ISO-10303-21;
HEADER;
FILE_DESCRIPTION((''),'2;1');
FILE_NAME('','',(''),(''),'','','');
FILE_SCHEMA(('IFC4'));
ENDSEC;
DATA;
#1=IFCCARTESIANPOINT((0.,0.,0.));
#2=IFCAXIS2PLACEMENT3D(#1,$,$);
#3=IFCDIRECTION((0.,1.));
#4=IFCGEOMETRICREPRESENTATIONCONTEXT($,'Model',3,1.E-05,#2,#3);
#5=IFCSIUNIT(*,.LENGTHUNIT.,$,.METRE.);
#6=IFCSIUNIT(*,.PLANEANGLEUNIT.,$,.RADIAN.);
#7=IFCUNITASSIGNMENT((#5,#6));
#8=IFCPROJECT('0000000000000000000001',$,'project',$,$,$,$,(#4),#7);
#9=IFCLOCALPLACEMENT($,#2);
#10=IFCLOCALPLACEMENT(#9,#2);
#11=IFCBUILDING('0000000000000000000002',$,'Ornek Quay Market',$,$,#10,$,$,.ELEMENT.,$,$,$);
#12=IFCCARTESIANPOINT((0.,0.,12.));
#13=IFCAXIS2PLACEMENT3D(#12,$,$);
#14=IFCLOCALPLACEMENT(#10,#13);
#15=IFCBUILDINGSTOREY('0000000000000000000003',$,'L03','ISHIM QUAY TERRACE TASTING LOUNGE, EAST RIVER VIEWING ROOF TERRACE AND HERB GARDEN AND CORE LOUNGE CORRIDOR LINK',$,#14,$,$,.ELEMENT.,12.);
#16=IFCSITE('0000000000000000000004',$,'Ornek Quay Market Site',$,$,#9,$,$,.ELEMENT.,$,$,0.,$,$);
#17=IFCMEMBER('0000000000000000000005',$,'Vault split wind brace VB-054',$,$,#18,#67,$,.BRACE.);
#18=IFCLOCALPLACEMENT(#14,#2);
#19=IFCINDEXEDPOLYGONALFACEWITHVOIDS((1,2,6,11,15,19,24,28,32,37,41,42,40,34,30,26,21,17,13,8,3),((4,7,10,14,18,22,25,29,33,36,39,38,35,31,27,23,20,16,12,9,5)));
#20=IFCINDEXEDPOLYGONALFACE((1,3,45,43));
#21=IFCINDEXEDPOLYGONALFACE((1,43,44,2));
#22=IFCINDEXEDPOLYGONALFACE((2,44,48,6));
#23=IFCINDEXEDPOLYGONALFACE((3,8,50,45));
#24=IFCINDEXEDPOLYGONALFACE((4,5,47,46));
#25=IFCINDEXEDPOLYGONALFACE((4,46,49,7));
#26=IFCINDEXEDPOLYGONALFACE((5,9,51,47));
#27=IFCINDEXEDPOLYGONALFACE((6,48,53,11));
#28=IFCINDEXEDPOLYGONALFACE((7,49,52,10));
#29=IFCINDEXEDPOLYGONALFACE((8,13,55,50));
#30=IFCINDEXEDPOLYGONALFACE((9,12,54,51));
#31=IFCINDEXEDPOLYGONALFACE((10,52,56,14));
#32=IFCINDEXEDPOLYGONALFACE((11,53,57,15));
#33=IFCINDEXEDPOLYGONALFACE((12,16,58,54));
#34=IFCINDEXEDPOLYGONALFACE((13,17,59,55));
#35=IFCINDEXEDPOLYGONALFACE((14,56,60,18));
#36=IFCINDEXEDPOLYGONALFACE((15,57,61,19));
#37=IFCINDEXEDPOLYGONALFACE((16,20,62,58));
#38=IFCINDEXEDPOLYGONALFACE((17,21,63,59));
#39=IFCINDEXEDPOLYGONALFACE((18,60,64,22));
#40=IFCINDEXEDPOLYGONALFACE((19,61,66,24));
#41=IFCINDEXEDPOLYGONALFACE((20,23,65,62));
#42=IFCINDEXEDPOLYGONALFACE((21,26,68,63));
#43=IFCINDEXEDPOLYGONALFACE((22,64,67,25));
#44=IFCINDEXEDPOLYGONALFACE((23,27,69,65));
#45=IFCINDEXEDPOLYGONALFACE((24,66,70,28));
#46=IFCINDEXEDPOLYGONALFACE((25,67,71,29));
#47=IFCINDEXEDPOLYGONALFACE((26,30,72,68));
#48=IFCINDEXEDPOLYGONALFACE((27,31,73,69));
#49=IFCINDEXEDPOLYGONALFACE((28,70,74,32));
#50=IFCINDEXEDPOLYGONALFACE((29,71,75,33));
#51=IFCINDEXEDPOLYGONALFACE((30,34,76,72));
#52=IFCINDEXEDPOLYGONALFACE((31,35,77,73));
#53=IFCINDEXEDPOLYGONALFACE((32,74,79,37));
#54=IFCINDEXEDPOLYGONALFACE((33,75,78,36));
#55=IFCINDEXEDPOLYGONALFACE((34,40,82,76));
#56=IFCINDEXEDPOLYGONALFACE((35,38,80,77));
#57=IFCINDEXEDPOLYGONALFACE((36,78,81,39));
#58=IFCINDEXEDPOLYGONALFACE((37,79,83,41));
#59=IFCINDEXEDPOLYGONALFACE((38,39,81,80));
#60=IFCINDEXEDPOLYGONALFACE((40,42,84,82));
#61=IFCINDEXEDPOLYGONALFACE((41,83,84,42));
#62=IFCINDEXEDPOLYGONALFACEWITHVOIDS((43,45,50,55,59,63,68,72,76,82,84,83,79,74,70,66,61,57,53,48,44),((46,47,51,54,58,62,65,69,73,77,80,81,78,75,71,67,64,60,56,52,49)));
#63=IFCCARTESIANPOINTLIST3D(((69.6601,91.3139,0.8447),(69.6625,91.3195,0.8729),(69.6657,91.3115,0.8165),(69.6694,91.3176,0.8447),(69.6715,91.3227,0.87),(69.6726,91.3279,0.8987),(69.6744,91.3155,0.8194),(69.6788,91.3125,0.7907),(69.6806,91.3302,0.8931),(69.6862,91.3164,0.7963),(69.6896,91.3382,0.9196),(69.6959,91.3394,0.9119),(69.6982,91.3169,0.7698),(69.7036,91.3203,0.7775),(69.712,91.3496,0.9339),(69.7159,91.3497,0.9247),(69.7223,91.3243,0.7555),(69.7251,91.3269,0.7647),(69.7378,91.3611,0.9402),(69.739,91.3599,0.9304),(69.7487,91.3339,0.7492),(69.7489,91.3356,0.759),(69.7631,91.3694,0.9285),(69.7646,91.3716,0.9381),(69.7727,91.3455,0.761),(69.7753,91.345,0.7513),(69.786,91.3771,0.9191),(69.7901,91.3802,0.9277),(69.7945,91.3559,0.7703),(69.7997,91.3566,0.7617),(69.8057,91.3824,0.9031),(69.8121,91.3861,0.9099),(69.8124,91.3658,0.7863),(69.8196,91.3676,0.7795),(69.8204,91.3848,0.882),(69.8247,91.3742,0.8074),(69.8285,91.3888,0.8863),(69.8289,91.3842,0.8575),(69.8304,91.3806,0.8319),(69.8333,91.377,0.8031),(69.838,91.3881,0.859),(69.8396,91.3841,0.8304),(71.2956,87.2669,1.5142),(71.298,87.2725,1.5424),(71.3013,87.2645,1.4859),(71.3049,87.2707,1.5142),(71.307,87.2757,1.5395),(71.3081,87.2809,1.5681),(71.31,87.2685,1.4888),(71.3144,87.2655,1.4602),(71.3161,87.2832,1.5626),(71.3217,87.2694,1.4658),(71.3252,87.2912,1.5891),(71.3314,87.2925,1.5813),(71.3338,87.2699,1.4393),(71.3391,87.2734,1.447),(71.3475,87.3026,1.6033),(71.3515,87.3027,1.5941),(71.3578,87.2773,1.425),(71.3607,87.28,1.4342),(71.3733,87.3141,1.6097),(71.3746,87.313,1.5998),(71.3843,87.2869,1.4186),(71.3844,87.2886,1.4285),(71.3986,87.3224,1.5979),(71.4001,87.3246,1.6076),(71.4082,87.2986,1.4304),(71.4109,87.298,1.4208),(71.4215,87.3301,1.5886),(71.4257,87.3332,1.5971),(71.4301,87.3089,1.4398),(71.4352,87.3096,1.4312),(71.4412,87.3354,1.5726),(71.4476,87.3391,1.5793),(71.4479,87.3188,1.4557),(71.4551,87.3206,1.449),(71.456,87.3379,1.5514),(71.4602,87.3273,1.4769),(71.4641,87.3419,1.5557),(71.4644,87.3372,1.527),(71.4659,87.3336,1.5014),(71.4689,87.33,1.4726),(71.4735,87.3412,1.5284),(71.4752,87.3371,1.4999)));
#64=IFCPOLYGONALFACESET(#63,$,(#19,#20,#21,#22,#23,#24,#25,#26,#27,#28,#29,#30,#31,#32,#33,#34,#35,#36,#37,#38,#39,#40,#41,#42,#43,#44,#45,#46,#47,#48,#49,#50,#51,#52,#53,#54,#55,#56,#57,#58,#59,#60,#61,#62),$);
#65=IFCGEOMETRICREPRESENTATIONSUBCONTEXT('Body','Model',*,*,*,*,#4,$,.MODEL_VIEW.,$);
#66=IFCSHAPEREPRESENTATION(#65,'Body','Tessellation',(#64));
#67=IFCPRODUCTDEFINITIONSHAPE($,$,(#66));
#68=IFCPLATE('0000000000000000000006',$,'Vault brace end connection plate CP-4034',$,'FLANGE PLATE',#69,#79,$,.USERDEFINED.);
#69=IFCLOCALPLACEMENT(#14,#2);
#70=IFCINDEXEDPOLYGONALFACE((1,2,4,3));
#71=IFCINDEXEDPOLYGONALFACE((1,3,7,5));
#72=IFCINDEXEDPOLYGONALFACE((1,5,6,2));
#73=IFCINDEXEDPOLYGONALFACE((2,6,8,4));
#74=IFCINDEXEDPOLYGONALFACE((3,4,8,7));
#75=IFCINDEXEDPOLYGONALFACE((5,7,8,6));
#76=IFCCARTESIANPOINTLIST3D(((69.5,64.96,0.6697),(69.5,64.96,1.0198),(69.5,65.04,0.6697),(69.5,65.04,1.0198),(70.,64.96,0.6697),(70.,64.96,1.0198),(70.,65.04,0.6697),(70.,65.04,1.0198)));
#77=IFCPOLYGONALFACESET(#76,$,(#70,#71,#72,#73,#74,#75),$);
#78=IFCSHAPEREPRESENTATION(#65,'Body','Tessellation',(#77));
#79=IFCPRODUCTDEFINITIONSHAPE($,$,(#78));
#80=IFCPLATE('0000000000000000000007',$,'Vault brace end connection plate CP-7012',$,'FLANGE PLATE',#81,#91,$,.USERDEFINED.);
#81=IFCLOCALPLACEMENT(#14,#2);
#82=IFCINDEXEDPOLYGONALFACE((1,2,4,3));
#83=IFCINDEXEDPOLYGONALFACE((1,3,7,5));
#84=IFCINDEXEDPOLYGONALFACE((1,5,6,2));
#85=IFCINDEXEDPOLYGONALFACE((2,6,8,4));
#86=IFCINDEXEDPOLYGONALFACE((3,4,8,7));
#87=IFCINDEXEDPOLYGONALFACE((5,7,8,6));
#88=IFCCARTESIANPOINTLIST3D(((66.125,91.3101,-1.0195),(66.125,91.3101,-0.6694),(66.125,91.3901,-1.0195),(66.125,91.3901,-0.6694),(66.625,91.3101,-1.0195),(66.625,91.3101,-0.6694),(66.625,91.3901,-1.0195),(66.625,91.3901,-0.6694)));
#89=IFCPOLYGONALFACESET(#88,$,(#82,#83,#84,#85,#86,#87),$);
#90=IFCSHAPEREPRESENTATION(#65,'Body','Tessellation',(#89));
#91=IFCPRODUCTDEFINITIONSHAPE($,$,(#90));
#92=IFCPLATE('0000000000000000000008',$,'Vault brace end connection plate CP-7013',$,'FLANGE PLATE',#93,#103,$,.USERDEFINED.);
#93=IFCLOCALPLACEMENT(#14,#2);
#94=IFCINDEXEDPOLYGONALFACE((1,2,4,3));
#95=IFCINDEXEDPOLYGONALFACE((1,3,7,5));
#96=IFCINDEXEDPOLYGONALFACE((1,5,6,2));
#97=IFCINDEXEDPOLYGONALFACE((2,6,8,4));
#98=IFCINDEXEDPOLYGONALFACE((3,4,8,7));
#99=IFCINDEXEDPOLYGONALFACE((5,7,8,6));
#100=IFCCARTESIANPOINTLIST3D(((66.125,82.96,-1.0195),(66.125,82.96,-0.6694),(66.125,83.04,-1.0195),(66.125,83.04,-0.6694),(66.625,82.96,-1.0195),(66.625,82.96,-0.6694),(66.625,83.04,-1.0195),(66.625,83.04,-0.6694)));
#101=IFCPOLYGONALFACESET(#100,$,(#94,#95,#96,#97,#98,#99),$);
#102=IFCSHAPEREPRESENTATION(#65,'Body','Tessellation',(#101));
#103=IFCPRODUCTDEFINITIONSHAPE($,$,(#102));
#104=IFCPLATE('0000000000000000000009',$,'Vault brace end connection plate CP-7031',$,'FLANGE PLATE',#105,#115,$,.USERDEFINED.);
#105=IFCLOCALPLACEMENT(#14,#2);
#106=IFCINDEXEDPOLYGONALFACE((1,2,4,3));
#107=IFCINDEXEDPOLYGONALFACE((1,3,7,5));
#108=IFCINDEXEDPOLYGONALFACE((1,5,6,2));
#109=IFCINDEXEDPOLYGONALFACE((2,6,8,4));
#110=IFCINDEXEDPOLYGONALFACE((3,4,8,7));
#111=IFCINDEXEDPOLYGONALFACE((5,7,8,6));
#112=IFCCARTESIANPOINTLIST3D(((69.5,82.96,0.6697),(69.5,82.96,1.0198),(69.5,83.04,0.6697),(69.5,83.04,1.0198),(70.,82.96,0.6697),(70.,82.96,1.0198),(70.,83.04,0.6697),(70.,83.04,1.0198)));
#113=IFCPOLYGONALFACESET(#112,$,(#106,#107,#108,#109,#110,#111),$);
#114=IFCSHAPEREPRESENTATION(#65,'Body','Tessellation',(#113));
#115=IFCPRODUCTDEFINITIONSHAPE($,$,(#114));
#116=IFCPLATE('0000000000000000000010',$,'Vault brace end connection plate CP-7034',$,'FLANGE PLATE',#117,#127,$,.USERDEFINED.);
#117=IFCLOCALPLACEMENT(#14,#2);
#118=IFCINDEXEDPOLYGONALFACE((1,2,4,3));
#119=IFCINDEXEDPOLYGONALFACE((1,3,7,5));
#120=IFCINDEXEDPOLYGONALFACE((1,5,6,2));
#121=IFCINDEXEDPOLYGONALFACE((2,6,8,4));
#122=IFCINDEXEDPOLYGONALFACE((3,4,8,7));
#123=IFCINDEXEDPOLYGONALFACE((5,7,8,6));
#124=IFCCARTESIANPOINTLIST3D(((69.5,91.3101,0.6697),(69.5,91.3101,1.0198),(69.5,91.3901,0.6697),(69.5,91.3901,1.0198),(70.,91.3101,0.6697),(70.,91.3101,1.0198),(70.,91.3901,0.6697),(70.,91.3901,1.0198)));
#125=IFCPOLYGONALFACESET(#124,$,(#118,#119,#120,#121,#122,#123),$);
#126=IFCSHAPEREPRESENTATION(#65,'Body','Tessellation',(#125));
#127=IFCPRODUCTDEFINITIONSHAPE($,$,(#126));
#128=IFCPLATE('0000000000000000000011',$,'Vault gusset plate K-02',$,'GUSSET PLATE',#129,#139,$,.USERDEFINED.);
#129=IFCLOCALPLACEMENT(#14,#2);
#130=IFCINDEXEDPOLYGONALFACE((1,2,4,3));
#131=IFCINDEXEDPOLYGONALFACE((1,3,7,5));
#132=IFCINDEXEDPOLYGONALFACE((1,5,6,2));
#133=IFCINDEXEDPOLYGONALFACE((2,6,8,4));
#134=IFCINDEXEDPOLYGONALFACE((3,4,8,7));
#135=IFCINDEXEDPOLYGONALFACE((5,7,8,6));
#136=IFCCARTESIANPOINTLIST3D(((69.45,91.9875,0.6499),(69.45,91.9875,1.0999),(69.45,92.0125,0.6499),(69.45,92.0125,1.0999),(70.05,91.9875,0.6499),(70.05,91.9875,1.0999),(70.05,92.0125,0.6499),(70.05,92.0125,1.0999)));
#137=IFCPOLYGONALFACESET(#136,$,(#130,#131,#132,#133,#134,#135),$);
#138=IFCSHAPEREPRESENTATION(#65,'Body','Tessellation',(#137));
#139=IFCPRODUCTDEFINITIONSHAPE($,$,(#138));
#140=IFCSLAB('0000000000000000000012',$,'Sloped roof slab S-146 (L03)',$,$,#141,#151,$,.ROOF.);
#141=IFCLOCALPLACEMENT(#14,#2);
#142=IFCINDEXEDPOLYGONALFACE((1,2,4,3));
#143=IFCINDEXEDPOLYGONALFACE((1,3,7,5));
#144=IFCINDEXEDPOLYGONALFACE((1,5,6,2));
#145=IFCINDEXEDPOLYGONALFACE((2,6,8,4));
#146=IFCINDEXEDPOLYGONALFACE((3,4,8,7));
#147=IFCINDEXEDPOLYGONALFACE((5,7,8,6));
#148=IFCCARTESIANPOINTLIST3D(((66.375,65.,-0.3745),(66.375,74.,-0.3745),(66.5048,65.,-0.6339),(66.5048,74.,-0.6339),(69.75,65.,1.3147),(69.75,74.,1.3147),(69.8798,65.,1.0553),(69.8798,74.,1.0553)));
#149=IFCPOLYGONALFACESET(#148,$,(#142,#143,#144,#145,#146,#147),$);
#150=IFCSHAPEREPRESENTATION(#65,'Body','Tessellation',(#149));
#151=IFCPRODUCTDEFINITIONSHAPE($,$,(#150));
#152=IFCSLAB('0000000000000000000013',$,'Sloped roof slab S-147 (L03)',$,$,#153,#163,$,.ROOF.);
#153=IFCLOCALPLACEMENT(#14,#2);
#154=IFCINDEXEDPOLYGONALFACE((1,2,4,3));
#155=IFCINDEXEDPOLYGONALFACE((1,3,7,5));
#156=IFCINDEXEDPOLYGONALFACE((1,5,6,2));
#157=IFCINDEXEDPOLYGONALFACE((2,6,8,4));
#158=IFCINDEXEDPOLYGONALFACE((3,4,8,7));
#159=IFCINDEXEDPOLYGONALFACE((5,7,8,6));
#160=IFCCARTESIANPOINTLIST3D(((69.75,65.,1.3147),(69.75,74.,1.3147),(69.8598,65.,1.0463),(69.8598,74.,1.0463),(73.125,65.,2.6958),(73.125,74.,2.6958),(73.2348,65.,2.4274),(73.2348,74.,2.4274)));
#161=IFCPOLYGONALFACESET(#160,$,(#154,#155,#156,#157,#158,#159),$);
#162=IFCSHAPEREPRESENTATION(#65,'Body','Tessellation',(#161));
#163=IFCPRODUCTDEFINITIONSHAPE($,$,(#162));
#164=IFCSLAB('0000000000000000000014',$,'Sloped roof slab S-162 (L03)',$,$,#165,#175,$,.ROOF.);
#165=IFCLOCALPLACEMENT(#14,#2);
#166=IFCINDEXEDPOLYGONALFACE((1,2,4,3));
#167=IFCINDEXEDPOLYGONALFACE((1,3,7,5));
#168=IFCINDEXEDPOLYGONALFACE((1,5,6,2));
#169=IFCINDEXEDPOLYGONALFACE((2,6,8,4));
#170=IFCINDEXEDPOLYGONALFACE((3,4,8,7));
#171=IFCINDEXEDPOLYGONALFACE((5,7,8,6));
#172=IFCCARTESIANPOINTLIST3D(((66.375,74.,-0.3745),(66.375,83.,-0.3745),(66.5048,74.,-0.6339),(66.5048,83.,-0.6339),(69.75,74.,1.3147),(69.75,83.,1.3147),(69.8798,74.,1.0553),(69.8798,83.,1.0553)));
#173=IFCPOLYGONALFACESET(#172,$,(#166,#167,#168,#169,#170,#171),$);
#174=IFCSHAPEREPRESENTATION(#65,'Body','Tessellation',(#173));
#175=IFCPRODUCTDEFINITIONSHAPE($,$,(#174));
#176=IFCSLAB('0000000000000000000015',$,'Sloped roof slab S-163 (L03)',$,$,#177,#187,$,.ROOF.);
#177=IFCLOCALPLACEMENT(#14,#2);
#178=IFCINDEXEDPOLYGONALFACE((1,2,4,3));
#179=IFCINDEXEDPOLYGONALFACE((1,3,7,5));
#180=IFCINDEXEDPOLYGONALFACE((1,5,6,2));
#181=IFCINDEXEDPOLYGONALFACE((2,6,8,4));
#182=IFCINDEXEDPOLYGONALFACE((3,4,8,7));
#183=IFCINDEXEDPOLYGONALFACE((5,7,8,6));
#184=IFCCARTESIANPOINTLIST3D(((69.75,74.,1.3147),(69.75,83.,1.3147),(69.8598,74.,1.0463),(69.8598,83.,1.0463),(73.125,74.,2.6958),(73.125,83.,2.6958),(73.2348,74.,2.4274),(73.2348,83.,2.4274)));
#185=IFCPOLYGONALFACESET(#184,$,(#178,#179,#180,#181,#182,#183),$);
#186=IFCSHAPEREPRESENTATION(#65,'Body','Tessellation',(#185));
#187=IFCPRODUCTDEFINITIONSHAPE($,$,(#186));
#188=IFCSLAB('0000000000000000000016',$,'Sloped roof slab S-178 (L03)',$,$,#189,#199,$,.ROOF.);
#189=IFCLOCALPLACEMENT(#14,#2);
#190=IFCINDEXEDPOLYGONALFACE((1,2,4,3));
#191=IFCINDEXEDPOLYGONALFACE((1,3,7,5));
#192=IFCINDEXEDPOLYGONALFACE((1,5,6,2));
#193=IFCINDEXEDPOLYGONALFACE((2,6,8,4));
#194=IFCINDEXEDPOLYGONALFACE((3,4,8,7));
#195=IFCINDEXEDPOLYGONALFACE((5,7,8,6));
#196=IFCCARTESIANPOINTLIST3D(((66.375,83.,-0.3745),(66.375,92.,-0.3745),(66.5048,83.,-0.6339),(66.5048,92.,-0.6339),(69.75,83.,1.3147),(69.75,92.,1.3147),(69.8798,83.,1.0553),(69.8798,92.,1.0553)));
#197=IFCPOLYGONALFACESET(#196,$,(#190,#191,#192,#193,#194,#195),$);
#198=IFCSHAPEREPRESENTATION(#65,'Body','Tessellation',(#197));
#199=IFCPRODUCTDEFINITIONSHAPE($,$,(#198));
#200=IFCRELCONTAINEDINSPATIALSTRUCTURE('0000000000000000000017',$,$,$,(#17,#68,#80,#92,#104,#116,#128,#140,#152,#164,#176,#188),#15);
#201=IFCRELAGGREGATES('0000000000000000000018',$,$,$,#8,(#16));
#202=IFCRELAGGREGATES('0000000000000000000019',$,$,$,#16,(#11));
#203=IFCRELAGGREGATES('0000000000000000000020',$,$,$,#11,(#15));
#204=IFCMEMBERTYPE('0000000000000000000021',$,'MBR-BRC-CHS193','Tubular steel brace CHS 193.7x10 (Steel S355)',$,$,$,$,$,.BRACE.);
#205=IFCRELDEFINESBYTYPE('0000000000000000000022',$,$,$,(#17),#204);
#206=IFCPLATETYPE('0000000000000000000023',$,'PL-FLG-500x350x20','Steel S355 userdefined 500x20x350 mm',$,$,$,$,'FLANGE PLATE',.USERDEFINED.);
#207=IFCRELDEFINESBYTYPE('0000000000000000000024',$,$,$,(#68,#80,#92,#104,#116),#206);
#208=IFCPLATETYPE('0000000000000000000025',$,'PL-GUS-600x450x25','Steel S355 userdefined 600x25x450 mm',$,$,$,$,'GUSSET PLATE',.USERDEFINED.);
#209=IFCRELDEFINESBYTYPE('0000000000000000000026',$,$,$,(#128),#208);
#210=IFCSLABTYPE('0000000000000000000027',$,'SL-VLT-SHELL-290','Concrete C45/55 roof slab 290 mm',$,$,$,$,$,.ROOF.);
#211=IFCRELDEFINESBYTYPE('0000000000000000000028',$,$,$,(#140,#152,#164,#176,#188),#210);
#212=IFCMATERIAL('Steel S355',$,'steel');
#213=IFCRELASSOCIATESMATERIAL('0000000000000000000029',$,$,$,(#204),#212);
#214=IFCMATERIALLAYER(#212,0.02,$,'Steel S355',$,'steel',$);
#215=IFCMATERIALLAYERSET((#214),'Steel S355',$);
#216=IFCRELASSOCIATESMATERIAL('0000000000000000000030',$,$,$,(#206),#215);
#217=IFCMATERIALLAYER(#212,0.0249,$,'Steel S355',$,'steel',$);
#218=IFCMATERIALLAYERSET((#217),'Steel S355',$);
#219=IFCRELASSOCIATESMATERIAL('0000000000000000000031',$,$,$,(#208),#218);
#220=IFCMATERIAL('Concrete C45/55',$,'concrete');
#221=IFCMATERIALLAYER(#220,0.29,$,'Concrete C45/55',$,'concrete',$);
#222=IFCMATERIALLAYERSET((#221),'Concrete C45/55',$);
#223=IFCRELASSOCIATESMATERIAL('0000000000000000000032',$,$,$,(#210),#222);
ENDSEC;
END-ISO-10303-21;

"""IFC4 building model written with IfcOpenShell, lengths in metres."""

from ifc_helpers import new_model, si_unit, direction, frame, origin, origin_2d, place, context, subcontext, project, spatial, polyline, rectangle, hollow_circle, outline, extrude, material, layer, layer_set, material_profile, profile_set, type_object, element, save


model = new_model("IFC4")

# Units and contexts
model_context = context("Model", 3, precision=1e-05, world=origin(), true_north=direction((0.0, 1.0)))
body_context = subcontext(model_context, "Body", "Model", "MODEL_VIEW")
ifc_project = project(units=[si_unit("LENGTHUNIT", "METRE"), si_unit("PLANEANGLEUNIT", "RADIAN")], contexts=[model_context])

# Site, building, storey
site_placement = place(None, origin())
site = spatial("IfcSite", under=ifc_project, at=site_placement, Name="Ornek Quay Market Site", CompositionType="ELEMENT", RefElevation=0.0)
building_placement = place(site_placement, origin())
building = spatial("IfcBuilding", under=site, at=building_placement, Name="Ornek Quay Market", CompositionType="ELEMENT")
storey_placement = place(building_placement, frame((0.0, 0.0, 12.0)))
storey = spatial("IfcBuildingStorey", under=building, at=storey_placement, Name="L03", Description="ISHIM QUAY TERRACE TASTING LOUNGE, EAST RIVER VIEWING ROOF TERRACE AND HERB GARDEN AND CORE LOUNGE CORRIDOR LINK", CompositionType="ELEMENT", Elevation=12.0)

# Shared definitions
ifc_material_1 = material(Name="Concrete C45/55", Category="concrete")
ifc_material_2 = material(Name="Steel S355", Category="steel")

# Member
ifc_material_profile_1 = material_profile(ifc_material_2, hollow_circle(Radius=0.0969, WallThickness=0.01, at=origin_2d()), Name="CHS 193.7x10", Category="steel")
ifc_profile_set_1 = profile_set([ifc_material_profile_1], Name="Steel S355")
member_type_1 = type_object("IfcMemberType", Name="MBR-BRC-CHS193", Description="Tubular steel brace CHS 193.7x10 (Steel S355)", PredefinedType="BRACE", material=ifc_profile_set_1)
member_1_placement = place(storey_placement, frame((71.3855, 87.3032, 1.5142), z_axis=(-0.370366, 0.916432, -0.151596), x_axis=(-0.927148, -0.374696, 0.0)))
element("IfcMember", 1, at=member_1_placement, inside=storey, type_object=member_type_1, Name="Vault split wind brace VB-054", PredefinedType="BRACE", context=body_context, shape_type="SweptSolid", body=[
    extrude(hollow_circle(Radius=0.0969, WallThickness=0.01, at=origin_2d()), origin(), (0.0, 0.0, 1.0), 4.416),
])

# Plates
ifc_layer_1 = layer(ifc_material_2, 0.02, Name="Steel S355", Category="steel")
ifc_layer_set_1 = layer_set([ifc_layer_1], Name="Steel S355")
plate_type_1 = type_object("IfcPlateType", Name="PL-FLG-500x350x20", Description="Steel S355 userdefined 500x20x350 mm", ElementType="FLANGE PLATE", PredefinedType="USERDEFINED", material=ifc_layer_set_1)
for number, where, z_axis, x_axis, name in (
    (2, (69.75, 65.0, 0.6697), (0.0, 0.0, 1.0), (1.0, 0.0, 0.0), "Vault brace end connection plate CP-4034"),
    (3, (66.375, 91.3501, -1.0195), (0.0, 0.0, 1.0), (1.0, 0.0, 0.0), "Vault brace end connection plate CP-7012"),
    (4, (66.375, 83.0, -1.0195), (0.0, 0.0, 1.0), (1.0, 0.0, 0.0), "Vault brace end connection plate CP-7013"),
    (5, (69.75, 83.0, 0.6697), (0.0, 0.0, 1.0), (1.0, 0.0, 0.0), "Vault brace end connection plate CP-7031"),
    (6, (69.75, 91.3501, 0.6697), (0.0, 0.0, 1.0), (1.0, 0.0, 0.0), "Vault brace end connection plate CP-7034"),
):
    element("IfcPlate", number, at=place(storey_placement, frame(where, z_axis=z_axis, x_axis=x_axis)), inside=storey, type_object=plate_type_1, Name=name, ObjectType="FLANGE PLATE", PredefinedType="USERDEFINED", context=body_context, shape_type="SweptSolid", body=[
        extrude(rectangle(XDim=0.5, YDim=0.0801, at=origin_2d()), origin(), (0.0, 0.0, 1.0), 0.3501),
    ])
ifc_layer_2 = layer(ifc_material_2, 0.0249, Name="Steel S355", Category="steel")
ifc_layer_set_2 = layer_set([ifc_layer_2], Name="Steel S355")
plate_type_2 = type_object("IfcPlateType", Name="PL-GUS-600x450x25", Description="Steel S355 userdefined 600x25x450 mm", ElementType="GUSSET PLATE", PredefinedType="USERDEFINED", material=ifc_layer_set_2)
plate_placement = place(storey_placement, frame((69.75, 92.0, 0.6499), z_axis=(0.0, 0.0, 1.0), x_axis=(1.0, 0.0, 0.0)))
element("IfcPlate", 7, at=plate_placement, inside=storey, type_object=plate_type_2, Name="Vault gusset plate K-02", ObjectType="GUSSET PLATE", PredefinedType="USERDEFINED", context=body_context, shape_type="SweptSolid", body=[
    extrude(rectangle(XDim=0.6001, YDim=0.0249, at=origin_2d()), origin(), (0.0, 0.0, 1.0), 0.45),
])

# Slabs
ifc_layer_3 = layer(ifc_material_1, 0.29, Name="Concrete C45/55", Category="concrete")
ifc_layer_set_3 = layer_set([ifc_layer_3], Name="Concrete C45/55")
slab_type = type_object("IfcSlabType", Name="SL-VLT-SHELL-290", Description="Concrete C45/55 roof slab 290 mm", PredefinedType="ROOF", material=ifc_layer_set_3)
slab_1_placement = place(storey_placement, frame((66.375, 65.0, -0.3745), z_axis=(-0.447576, 0.0, 0.894246), x_axis=(0.894246, 0.0, 0.447576)))
element("IfcSlab", 8, at=slab_1_placement, inside=storey, type_object=slab_type, Name="Sloped roof slab S-146 (L03)", PredefinedType="ROOF", context=body_context, shape_type="SweptSolid", body=[
    extrude(outline(polyline([(0.0, 0.0), (3.7741, 0.0), (3.7741, 9.0), (0.0, 9.0), (0.0, 0.0)])), origin(), (0.0, 0.0, -1.0), 0.29),
])
slab_2_placement = place(storey_placement, frame((69.75, 65.0, 1.3147), z_axis=(-0.378732, 0.0, 0.925506), x_axis=(0.925506, 0.0, 0.378732)))
element("IfcSlab", 9, at=slab_2_placement, inside=storey, type_object=slab_type, Name="Sloped roof slab S-147 (L03)", PredefinedType="ROOF", context=body_context, shape_type="SweptSolid", body=[
    extrude(outline(polyline([(0.0, 0.0), (3.6467, 0.0), (3.6467, 9.0), (0.0, 9.0), (0.0, 0.0)])), origin(), (0.0, 0.0, -1.0), 0.29),
])
slab_3_placement = place(storey_placement, frame((66.375, 74.0, -0.3745), z_axis=(-0.447576, 0.0, 0.894246), x_axis=(0.894246, 0.0, 0.447576)))
element("IfcSlab", 10, at=slab_3_placement, inside=storey, type_object=slab_type, Name="Sloped roof slab S-162 (L03)", PredefinedType="ROOF", context=body_context, shape_type="SweptSolid", body=[
    extrude(outline(polyline([(0.0, 0.0), (3.7741, 0.0), (3.7741, 9.0), (0.0, 9.0), (0.0, 0.0)])), origin(), (0.0, 0.0, -1.0), 0.29),
])
slab_4_placement = place(storey_placement, frame((69.75, 74.0, 1.3147), z_axis=(-0.378732, 0.0, 0.925506), x_axis=(0.925506, 0.0, 0.378732)))
element("IfcSlab", 11, at=slab_4_placement, inside=storey, type_object=slab_type, Name="Sloped roof slab S-163 (L03)", PredefinedType="ROOF", context=body_context, shape_type="SweptSolid", body=[
    extrude(outline(polyline([(0.0, 0.0), (3.6467, 0.0), (3.6467, 9.0), (0.0, 9.0), (0.0, 0.0)])), origin(), (0.0, 0.0, -1.0), 0.29),
])
slab_5_placement = place(storey_placement, frame((66.375, 83.0, -0.3745), z_axis=(-0.447576, 0.0, 0.894246), x_axis=(0.894246, 0.0, 0.447576)))
element("IfcSlab", 12, at=slab_5_placement, inside=storey, type_object=slab_type, Name="Sloped roof slab S-178 (L03)", PredefinedType="ROOF", context=body_context, shape_type="SweptSolid", body=[
    extrude(outline(polyline([(0.0, 0.0), (3.7741, 0.0), (3.7741, 9.0), (0.0, 9.0), (0.0, 0.0)])), origin(), (0.0, 0.0, -1.0), 0.29),
])

save(model, "model.ifc")
